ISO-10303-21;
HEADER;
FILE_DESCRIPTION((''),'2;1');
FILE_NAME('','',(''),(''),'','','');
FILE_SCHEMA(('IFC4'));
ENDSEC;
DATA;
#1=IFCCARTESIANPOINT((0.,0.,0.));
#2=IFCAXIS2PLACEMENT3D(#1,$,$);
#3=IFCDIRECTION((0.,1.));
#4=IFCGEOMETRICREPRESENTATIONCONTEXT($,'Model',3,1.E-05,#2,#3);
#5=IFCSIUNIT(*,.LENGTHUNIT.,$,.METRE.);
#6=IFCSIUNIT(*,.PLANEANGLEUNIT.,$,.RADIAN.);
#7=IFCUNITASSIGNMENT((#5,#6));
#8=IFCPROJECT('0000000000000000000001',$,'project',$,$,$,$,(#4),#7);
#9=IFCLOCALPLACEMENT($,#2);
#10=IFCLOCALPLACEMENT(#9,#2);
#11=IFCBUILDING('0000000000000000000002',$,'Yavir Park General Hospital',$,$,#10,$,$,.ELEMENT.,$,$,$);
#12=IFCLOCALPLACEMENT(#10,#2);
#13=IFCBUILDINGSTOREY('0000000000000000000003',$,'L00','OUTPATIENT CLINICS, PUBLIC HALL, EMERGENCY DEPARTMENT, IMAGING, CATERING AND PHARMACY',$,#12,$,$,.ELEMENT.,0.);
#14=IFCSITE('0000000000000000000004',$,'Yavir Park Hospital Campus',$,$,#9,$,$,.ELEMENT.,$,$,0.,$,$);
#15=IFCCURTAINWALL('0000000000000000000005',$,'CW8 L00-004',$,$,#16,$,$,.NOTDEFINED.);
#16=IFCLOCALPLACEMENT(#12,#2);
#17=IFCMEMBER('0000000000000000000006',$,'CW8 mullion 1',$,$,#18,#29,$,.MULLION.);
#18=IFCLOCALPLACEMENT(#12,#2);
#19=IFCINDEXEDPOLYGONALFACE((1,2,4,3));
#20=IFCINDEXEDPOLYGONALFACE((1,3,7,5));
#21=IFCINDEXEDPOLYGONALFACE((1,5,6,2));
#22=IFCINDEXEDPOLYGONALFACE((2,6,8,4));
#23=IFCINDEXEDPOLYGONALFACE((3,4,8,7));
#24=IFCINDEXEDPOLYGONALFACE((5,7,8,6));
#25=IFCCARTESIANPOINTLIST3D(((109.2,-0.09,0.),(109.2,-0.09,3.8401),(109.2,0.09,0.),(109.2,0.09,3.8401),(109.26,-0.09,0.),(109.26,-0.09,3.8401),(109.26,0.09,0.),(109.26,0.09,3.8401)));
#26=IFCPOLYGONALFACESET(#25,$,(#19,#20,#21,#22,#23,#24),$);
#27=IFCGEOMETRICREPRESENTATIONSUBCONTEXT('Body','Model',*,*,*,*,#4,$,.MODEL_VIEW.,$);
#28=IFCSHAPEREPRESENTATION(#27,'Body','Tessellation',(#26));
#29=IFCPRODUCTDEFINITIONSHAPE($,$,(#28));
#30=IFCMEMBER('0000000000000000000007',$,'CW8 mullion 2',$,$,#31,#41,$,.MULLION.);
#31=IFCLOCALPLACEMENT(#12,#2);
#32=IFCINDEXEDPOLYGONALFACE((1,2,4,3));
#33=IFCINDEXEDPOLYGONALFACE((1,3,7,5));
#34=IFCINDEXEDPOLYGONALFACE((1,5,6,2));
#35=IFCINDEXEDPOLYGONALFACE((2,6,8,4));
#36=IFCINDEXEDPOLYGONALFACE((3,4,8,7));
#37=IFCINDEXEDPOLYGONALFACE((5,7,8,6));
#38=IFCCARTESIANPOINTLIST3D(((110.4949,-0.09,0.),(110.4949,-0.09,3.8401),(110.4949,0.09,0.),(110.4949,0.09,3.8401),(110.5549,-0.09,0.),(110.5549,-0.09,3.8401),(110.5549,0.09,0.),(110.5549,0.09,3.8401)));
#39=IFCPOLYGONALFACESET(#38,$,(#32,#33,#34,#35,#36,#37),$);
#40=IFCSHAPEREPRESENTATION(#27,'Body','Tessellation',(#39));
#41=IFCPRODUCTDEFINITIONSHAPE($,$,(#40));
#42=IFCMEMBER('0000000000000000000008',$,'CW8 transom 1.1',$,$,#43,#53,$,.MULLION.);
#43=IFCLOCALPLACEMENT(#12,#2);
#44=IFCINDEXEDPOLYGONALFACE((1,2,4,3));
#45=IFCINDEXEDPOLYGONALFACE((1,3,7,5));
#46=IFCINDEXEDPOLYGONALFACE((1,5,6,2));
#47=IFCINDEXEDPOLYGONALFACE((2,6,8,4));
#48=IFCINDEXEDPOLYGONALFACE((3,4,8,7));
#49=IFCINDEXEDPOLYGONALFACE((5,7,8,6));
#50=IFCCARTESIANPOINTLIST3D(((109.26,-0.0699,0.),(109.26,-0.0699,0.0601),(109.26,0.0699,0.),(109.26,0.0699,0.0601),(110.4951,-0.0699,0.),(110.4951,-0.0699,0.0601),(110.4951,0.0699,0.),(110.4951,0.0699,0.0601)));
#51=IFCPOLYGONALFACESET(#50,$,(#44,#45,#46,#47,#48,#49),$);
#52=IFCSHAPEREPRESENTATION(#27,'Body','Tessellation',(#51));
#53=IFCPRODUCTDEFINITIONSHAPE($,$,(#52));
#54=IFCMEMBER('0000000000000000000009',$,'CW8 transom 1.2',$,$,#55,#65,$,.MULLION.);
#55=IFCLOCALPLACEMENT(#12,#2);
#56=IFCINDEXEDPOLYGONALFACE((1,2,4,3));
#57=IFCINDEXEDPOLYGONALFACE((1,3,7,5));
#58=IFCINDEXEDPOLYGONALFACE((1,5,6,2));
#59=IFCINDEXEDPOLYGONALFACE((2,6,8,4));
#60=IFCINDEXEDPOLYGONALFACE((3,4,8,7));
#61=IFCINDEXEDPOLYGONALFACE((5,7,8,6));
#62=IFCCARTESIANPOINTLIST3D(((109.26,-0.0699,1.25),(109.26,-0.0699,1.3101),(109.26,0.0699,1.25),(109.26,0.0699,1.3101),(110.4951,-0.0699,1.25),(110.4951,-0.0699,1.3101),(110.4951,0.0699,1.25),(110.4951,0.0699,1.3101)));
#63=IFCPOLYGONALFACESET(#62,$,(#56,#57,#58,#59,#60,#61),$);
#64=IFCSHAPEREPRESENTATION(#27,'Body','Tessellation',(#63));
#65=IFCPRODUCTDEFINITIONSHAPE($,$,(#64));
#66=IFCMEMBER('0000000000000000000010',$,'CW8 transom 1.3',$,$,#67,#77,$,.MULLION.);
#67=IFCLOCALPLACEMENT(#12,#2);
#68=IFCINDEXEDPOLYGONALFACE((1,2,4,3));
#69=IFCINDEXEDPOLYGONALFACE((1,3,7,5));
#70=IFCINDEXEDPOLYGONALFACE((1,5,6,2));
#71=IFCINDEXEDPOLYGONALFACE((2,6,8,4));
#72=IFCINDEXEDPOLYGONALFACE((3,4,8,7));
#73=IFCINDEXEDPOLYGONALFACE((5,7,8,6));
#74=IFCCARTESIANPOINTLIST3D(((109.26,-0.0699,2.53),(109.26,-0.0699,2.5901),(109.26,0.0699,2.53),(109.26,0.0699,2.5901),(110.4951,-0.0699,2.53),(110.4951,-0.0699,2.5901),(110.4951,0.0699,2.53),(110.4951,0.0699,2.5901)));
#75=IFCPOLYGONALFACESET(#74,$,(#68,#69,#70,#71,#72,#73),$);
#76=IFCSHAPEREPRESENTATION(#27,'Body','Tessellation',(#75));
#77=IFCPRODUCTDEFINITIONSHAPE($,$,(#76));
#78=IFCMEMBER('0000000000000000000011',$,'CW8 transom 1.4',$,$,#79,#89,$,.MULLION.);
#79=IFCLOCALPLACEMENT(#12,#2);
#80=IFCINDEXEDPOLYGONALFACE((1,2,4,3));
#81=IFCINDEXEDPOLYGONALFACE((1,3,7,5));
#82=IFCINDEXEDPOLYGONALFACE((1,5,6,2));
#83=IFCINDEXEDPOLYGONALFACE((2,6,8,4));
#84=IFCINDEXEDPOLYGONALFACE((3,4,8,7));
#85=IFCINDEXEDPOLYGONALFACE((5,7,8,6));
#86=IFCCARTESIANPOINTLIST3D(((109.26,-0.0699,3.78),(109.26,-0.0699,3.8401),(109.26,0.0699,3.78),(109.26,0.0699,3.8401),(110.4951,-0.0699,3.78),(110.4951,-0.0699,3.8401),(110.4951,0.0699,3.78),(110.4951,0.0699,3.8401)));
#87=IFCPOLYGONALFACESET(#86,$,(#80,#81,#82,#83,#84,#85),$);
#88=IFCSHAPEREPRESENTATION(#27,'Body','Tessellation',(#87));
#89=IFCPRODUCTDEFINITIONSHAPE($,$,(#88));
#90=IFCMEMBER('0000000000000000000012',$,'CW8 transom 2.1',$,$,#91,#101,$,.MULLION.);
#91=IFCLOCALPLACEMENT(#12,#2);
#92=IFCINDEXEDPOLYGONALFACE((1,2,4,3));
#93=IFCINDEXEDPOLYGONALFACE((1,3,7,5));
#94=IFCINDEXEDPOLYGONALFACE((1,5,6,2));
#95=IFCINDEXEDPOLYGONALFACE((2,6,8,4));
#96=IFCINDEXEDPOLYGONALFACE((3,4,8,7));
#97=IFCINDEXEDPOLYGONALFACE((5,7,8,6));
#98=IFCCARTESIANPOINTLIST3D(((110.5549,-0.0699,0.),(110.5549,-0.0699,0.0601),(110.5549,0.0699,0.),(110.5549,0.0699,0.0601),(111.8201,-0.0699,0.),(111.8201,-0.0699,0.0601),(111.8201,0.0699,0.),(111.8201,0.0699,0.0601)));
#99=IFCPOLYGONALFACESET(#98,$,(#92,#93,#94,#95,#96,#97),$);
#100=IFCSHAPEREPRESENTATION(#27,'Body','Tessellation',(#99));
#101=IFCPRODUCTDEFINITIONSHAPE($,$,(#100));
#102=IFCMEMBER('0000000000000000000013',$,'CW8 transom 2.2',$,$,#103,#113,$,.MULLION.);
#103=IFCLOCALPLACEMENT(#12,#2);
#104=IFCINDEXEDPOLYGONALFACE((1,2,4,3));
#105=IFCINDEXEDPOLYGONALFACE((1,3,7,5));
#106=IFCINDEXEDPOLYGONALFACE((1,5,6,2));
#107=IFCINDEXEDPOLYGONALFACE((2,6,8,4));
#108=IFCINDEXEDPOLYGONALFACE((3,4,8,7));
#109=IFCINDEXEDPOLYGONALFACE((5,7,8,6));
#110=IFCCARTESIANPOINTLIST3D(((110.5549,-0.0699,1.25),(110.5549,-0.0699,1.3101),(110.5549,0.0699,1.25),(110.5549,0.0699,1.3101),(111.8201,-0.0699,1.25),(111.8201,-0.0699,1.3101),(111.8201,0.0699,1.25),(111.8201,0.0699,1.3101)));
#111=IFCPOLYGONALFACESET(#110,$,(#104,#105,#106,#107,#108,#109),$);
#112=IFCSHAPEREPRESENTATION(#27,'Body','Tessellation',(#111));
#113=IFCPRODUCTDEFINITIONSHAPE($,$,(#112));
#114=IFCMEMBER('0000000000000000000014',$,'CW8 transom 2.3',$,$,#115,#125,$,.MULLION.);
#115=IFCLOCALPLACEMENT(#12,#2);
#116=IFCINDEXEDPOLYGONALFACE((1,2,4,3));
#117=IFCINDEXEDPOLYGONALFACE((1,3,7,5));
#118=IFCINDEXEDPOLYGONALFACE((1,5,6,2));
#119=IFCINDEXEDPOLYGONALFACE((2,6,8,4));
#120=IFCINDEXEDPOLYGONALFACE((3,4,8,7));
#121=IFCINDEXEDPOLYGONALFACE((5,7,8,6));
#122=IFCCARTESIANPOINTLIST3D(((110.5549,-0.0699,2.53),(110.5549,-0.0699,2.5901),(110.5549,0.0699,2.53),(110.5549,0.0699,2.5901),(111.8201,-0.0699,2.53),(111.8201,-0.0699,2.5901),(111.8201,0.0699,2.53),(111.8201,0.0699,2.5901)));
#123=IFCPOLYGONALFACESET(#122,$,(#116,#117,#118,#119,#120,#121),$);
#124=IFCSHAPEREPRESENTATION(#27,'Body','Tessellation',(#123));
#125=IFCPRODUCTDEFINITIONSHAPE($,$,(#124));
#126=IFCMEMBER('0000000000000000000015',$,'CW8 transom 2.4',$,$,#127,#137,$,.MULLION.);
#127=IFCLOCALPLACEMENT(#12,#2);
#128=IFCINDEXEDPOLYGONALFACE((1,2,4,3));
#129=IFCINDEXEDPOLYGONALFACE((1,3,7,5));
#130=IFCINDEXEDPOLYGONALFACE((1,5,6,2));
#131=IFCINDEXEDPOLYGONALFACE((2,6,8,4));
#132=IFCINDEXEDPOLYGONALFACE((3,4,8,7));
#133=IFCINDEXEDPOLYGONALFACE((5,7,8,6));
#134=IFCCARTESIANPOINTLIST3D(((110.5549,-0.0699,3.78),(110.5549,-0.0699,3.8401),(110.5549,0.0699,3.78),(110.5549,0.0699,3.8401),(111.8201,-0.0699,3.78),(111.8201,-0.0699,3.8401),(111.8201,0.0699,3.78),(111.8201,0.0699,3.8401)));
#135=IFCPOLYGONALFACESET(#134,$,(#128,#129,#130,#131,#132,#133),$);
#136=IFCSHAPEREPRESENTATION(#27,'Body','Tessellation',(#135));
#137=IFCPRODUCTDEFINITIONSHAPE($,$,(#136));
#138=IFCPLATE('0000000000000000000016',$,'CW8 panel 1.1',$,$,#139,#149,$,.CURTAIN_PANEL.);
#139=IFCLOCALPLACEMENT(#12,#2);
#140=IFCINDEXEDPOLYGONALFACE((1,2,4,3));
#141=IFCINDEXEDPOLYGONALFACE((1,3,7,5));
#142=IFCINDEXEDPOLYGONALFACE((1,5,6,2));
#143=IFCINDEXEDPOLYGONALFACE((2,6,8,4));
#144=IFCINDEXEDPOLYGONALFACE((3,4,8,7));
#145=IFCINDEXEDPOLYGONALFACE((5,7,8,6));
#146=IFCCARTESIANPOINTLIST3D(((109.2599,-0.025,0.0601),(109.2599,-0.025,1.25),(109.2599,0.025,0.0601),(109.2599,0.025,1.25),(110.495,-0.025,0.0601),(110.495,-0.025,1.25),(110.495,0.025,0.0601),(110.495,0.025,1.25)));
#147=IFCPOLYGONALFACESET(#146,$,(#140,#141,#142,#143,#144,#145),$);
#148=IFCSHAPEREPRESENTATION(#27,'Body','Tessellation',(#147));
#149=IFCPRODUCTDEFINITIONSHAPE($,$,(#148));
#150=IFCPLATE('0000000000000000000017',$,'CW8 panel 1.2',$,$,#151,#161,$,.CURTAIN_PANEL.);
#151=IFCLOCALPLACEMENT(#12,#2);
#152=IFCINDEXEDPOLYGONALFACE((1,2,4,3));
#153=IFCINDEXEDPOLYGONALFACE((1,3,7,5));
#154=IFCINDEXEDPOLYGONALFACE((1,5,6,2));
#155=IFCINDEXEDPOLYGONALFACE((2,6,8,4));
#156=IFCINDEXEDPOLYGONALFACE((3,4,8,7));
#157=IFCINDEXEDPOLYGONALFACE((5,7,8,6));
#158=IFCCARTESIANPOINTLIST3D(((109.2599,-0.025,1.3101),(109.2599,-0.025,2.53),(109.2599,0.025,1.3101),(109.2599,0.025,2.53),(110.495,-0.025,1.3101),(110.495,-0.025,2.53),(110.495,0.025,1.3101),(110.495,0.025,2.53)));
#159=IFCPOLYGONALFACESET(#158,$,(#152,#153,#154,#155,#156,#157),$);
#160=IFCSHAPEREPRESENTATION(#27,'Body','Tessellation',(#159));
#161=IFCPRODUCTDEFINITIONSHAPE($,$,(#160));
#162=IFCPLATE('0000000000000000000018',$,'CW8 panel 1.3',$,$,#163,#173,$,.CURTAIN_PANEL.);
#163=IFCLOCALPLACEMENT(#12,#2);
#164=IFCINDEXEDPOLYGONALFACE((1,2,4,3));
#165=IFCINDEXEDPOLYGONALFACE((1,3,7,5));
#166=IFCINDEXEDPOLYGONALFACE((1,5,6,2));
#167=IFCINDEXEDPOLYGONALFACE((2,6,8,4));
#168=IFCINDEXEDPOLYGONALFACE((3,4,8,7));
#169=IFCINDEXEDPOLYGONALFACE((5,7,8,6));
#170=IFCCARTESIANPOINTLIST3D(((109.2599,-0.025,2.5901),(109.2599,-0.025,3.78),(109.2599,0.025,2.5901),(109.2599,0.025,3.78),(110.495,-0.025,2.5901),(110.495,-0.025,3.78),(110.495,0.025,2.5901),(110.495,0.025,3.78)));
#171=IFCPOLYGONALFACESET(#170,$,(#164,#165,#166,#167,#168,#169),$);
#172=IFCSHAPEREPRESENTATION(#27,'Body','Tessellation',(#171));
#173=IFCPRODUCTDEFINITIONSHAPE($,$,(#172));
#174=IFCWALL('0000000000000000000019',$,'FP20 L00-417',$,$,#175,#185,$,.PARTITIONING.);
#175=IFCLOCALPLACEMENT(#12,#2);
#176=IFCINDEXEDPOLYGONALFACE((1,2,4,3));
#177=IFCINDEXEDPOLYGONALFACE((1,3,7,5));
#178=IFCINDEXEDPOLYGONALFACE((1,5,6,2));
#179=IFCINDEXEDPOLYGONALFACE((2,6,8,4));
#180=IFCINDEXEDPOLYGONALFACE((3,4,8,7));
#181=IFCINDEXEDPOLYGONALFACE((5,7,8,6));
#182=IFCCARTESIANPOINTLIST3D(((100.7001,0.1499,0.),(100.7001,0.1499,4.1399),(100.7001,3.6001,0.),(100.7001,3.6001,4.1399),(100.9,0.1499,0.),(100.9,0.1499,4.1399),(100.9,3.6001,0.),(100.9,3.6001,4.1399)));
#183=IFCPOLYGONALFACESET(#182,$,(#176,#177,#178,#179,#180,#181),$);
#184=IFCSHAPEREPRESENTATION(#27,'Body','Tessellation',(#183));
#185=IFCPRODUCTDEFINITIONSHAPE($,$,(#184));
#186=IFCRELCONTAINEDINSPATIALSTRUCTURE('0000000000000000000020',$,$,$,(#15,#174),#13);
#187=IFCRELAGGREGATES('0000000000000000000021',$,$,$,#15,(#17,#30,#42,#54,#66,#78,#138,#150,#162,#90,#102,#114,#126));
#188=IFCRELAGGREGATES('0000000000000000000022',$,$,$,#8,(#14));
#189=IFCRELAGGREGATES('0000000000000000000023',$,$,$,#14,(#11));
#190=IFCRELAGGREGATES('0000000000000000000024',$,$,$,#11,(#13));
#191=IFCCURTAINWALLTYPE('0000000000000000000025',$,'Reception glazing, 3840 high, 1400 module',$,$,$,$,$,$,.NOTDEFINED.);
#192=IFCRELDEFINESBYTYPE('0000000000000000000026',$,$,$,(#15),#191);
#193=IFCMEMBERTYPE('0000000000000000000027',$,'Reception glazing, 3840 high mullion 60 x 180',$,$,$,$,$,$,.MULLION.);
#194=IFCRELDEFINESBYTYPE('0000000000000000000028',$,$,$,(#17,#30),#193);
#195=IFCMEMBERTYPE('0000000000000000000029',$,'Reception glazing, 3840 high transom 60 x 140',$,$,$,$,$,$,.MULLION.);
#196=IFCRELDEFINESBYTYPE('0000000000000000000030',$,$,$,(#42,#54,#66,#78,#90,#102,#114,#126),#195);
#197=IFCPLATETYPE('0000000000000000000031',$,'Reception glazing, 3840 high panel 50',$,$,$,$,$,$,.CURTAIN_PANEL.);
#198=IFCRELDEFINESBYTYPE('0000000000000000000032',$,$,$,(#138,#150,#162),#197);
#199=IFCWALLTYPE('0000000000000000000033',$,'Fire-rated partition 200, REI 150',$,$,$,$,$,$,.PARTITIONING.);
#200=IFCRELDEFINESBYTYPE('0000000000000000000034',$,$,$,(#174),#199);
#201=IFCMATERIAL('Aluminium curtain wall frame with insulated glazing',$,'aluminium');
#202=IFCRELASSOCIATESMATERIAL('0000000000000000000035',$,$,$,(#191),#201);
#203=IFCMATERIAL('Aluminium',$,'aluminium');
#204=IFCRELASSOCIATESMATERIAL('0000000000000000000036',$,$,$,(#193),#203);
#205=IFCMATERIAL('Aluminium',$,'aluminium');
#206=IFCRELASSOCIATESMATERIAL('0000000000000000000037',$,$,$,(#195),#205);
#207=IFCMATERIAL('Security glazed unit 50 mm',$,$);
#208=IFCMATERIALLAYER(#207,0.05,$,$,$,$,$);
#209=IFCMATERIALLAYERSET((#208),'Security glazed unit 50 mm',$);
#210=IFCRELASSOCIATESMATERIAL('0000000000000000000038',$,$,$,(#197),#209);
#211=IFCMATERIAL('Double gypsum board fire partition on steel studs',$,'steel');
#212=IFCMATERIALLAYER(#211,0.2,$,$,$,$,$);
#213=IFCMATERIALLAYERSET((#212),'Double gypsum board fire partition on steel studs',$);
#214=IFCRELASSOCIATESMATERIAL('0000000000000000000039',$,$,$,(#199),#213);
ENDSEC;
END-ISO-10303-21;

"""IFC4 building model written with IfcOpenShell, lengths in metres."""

from ifc_helpers import new_model, si_unit, direction, frame, frame_2d, origin, origin_2d, place, context, subcontext, project, spatial, rectangle, extrude, material, layer, layer_set, material_profile, profile_set, type_object, element, aggregate, save


model = new_model("IFC4")

# Units and contexts
model_context = context("Model", 3, precision=1e-05, world=origin(), true_north=direction((0.0, 1.0)))
body_context = subcontext(model_context, "Body", "Model", "MODEL_VIEW")
ifc_project = project(units=[si_unit("LENGTHUNIT", "METRE"), si_unit("PLANEANGLEUNIT", "RADIAN")], contexts=[model_context])

# Site, building, storey
site_placement = place(None, origin())
site = spatial("IfcSite", under=ifc_project, at=site_placement, Name="Yavir Park Hospital Campus", CompositionType="ELEMENT", RefElevation=0.0)
building_placement = place(site_placement, origin())
building = spatial("IfcBuilding", under=site, at=building_placement, Name="Yavir Park General Hospital", CompositionType="ELEMENT")
storey_placement = place(building_placement, origin())
storey = spatial("IfcBuildingStorey", under=building, at=storey_placement, Name="L00", Description="OUTPATIENT CLINICS, PUBLIC HALL, EMERGENCY DEPARTMENT, IMAGING, CATERING AND PHARMACY", CompositionType="ELEMENT", Elevation=0.0)

# Curtain wall, members, plates
ifc_material_1 = material(Name="Aluminium curtain wall frame with insulated glazing", Category="aluminium")
curtain_wall_type = type_object("IfcCurtainWallType", Name="Reception glazing, 3840 high, 1400 module", PredefinedType="NOTDEFINED", material=ifc_material_1)
curtain_wall_placement = place(storey_placement, origin())
curtain_wall = element("IfcCurtainWall", 1, at=curtain_wall_placement, inside=storey, type_object=curtain_wall_type, Name="CW8 L00-004", PredefinedType="NOTDEFINED")
ifc_material_2 = material(Name="Aluminium", Category="aluminium")
ifc_material_profile_1 = material_profile(ifc_material_2, rectangle(XDim=0.1799, YDim=0.0601, at=origin_2d()), Name="AL 60x180")
ifc_profile_set_1 = profile_set([ifc_material_profile_1], Name="Aluminium")
member_type_1 = type_object("IfcMemberType", Name="Reception glazing, 3840 high mullion 60 x 180", PredefinedType="MULLION", material=ifc_profile_set_1)
member_1_placement = place(storey_placement, frame((109.23, 0.0, 0.0), z_axis=(0.0, 0.0, 1.0), x_axis=(0.0, 1.0, 0.0)))
member_1 = element("IfcMember", 2, at=member_1_placement, type_object=member_type_1, Name="CW8 mullion 1", PredefinedType="MULLION", context=body_context, shape_type="SweptSolid", body=[
    extrude(rectangle(XDim=0.1799, YDim=0.0601, at=origin_2d()), origin(), (0.0, 0.0, 1.0), 3.8401),
])
member_2_placement = place(storey_placement, frame((110.5249, 0.0, 0.0), z_axis=(0.0, 0.0, 1.0), x_axis=(0.0, 1.0, 0.0)))
member_2 = element("IfcMember", 3, at=member_2_placement, type_object=member_type_1, Name="CW8 mullion 2", PredefinedType="MULLION", context=body_context, shape_type="SweptSolid", body=[
    extrude(rectangle(XDim=0.1799, YDim=0.0601, at=origin_2d()), origin(), (0.0, 0.0, 1.0), 3.8401),
])
ifc_material_3 = material(Name="Aluminium", Category="aluminium")
ifc_material_profile_2 = material_profile(ifc_material_3, rectangle(XDim=0.1399, YDim=0.0601, at=origin_2d()), Name="AL 140x60")
ifc_profile_set_2 = profile_set([ifc_material_profile_2], Name="Aluminium")
member_type_2 = type_object("IfcMemberType", Name="Reception glazing, 3840 high transom 60 x 140", PredefinedType="MULLION", material=ifc_profile_set_2)
member_3_placement = place(storey_placement, frame((109.26, 0.0, 0.03), z_axis=(1.0, 0.0, 0.0), x_axis=(0.0, 1.0, 0.0)))
member_3 = element("IfcMember", 4, at=member_3_placement, type_object=member_type_2, Name="CW8 transom 1.1", PredefinedType="MULLION", context=body_context, shape_type="SweptSolid", body=[
    extrude(rectangle(XDim=0.1399, YDim=0.0601, at=origin_2d()), origin(), (0.0, 0.0, 1.0), 1.2351),
])
member_4_placement = place(storey_placement, frame((109.26, 0.0, 1.28), z_axis=(1.0, 0.0, 0.0), x_axis=(0.0, 1.0, 0.0)))
member_4 = element("IfcMember", 5, at=member_4_placement, type_object=member_type_2, Name="CW8 transom 1.2", PredefinedType="MULLION", context=body_context, shape_type="SweptSolid", body=[
    extrude(rectangle(XDim=0.1399, YDim=0.0601, at=origin_2d()), origin(), (0.0, 0.0, 1.0), 1.2351),
])
member_5_placement = place(storey_placement, frame((109.26, 0.0, 2.5601), z_axis=(1.0, 0.0, 0.0), x_axis=(0.0, 1.0, 0.0)))
member_5 = element("IfcMember", 6, at=member_5_placement, type_object=member_type_2, Name="CW8 transom 1.3", PredefinedType="MULLION", context=body_context, shape_type="SweptSolid", body=[
    extrude(rectangle(XDim=0.1399, YDim=0.0601, at=origin_2d()), origin(), (0.0, 0.0, 1.0), 1.2351),
])
member_6_placement = place(storey_placement, frame((109.26, 0.0, 3.8101), z_axis=(1.0, 0.0, 0.0), x_axis=(0.0, 1.0, 0.0)))
member_6 = element("IfcMember", 7, at=member_6_placement, type_object=member_type_2, Name="CW8 transom 1.4", PredefinedType="MULLION", context=body_context, shape_type="SweptSolid", body=[
    extrude(rectangle(XDim=0.1399, YDim=0.0601, at=origin_2d()), origin(), (0.0, 0.0, 1.0), 1.2351),
])
member_7_placement = place(storey_placement, frame((110.5549, 0.0, 0.03), z_axis=(1.0, 0.0, 0.0), x_axis=(0.0, 1.0, 0.0)))
member_7 = element("IfcMember", 8, at=member_7_placement, type_object=member_type_2, Name="CW8 transom 2.1", PredefinedType="MULLION", context=body_context, shape_type="SweptSolid", body=[
    extrude(rectangle(XDim=0.1399, YDim=0.0601, at=origin_2d()), origin(), (0.0, 0.0, 1.0), 1.2651),
])
member_8_placement = place(storey_placement, frame((110.5549, 0.0, 1.28), z_axis=(1.0, 0.0, 0.0), x_axis=(0.0, 1.0, 0.0)))
member_8 = element("IfcMember", 9, at=member_8_placement, type_object=member_type_2, Name="CW8 transom 2.2", PredefinedType="MULLION", context=body_context, shape_type="SweptSolid", body=[
    extrude(rectangle(XDim=0.1399, YDim=0.0601, at=origin_2d()), origin(), (0.0, 0.0, 1.0), 1.2651),
])
member_9_placement = place(storey_placement, frame((110.5549, 0.0, 2.5601), z_axis=(1.0, 0.0, 0.0), x_axis=(0.0, 1.0, 0.0)))
member_9 = element("IfcMember", 10, at=member_9_placement, type_object=member_type_2, Name="CW8 transom 2.3", PredefinedType="MULLION", context=body_context, shape_type="SweptSolid", body=[
    extrude(rectangle(XDim=0.1399, YDim=0.0601, at=origin_2d()), origin(), (0.0, 0.0, 1.0), 1.2651),
])
member_10_placement = place(storey_placement, frame((110.5549, 0.0, 3.8101), z_axis=(1.0, 0.0, 0.0), x_axis=(0.0, 1.0, 0.0)))
member_10 = element("IfcMember", 11, at=member_10_placement, type_object=member_type_2, Name="CW8 transom 2.4", PredefinedType="MULLION", context=body_context, shape_type="SweptSolid", body=[
    extrude(rectangle(XDim=0.1399, YDim=0.0601, at=origin_2d()), origin(), (0.0, 0.0, 1.0), 1.2651),
])
ifc_material_4 = material(Name="Security glazed unit 50 mm")
ifc_layer_1 = layer(ifc_material_4, 0.05)
ifc_layer_set_1 = layer_set([ifc_layer_1], Name="Security glazed unit 50 mm")
plate_type = type_object("IfcPlateType", Name="Reception glazing, 3840 high panel 50", PredefinedType="CURTAIN_PANEL", material=ifc_layer_set_1)
plate_1_placement = place(storey_placement, frame((109.8774, 0.0, 0.0601), z_axis=(0.0, 0.0, 1.0), x_axis=(1.0, 0.0, 0.0)))
plate_1 = element("IfcPlate", 12, at=plate_1_placement, type_object=plate_type, Name="CW8 panel 1.1", PredefinedType="CURTAIN_PANEL", context=body_context, shape_type="SweptSolid", body=[
    extrude(rectangle(XDim=1.2351, YDim=0.05, at=origin_2d()), origin(), (0.0, 0.0, 1.0), 1.1899),
])
plate_2_placement = place(storey_placement, frame((109.8774, 0.0, 1.3101), z_axis=(0.0, 0.0, 1.0), x_axis=(1.0, 0.0, 0.0)))
plate_2 = element("IfcPlate", 13, at=plate_2_placement, type_object=plate_type, Name="CW8 panel 1.2", PredefinedType="CURTAIN_PANEL", context=body_context, shape_type="SweptSolid", body=[
    extrude(rectangle(XDim=1.2351, YDim=0.05, at=origin_2d()), origin(), (0.0, 0.0, 1.0), 1.22),
])
plate_3_placement = place(storey_placement, frame((109.8774, 0.0, 2.5901), z_axis=(0.0, 0.0, 1.0), x_axis=(1.0, 0.0, 0.0)))
plate_3 = element("IfcPlate", 14, at=plate_3_placement, type_object=plate_type, Name="CW8 panel 1.3", PredefinedType="CURTAIN_PANEL", context=body_context, shape_type="SweptSolid", body=[
    extrude(rectangle(XDim=1.2351, YDim=0.05, at=origin_2d()), origin(), (0.0, 0.0, 1.0), 1.1899),
])
aggregate(curtain_wall, [member_1, member_2, member_3, member_4, member_5, member_6, plate_1, plate_2, plate_3, member_7, member_8, member_9, member_10])

# Wall
ifc_material_5 = material(Name="Double gypsum board fire partition on steel studs", Category="steel")
ifc_layer_2 = layer(ifc_material_5, 0.2)
ifc_layer_set_2 = layer_set([ifc_layer_2], Name="Double gypsum board fire partition on steel studs")
wall_type_1 = type_object("IfcWallType", Name="Fire-rated partition 200, REI 150", PredefinedType="PARTITIONING", material=ifc_layer_set_2)
wall_1_placement = place(storey_placement, frame((100.8, 0.1499, 0.0), z_axis=(0.0, 0.0, 1.0), x_axis=(0.0, 1.0, 0.0)))
element("IfcWall", 15, at=wall_1_placement, inside=storey, type_object=wall_type_1, Name="FP20 L00-417", PredefinedType="PARTITIONING", context=body_context, shape_type="SweptSolid", body=[
    extrude(rectangle(XDim=3.4502, YDim=0.2, at=frame_2d((1.7251, 0.0))), origin(), (0.0, 0.0, 1.0), 4.1399),
])

save(model, "model.ifc")
